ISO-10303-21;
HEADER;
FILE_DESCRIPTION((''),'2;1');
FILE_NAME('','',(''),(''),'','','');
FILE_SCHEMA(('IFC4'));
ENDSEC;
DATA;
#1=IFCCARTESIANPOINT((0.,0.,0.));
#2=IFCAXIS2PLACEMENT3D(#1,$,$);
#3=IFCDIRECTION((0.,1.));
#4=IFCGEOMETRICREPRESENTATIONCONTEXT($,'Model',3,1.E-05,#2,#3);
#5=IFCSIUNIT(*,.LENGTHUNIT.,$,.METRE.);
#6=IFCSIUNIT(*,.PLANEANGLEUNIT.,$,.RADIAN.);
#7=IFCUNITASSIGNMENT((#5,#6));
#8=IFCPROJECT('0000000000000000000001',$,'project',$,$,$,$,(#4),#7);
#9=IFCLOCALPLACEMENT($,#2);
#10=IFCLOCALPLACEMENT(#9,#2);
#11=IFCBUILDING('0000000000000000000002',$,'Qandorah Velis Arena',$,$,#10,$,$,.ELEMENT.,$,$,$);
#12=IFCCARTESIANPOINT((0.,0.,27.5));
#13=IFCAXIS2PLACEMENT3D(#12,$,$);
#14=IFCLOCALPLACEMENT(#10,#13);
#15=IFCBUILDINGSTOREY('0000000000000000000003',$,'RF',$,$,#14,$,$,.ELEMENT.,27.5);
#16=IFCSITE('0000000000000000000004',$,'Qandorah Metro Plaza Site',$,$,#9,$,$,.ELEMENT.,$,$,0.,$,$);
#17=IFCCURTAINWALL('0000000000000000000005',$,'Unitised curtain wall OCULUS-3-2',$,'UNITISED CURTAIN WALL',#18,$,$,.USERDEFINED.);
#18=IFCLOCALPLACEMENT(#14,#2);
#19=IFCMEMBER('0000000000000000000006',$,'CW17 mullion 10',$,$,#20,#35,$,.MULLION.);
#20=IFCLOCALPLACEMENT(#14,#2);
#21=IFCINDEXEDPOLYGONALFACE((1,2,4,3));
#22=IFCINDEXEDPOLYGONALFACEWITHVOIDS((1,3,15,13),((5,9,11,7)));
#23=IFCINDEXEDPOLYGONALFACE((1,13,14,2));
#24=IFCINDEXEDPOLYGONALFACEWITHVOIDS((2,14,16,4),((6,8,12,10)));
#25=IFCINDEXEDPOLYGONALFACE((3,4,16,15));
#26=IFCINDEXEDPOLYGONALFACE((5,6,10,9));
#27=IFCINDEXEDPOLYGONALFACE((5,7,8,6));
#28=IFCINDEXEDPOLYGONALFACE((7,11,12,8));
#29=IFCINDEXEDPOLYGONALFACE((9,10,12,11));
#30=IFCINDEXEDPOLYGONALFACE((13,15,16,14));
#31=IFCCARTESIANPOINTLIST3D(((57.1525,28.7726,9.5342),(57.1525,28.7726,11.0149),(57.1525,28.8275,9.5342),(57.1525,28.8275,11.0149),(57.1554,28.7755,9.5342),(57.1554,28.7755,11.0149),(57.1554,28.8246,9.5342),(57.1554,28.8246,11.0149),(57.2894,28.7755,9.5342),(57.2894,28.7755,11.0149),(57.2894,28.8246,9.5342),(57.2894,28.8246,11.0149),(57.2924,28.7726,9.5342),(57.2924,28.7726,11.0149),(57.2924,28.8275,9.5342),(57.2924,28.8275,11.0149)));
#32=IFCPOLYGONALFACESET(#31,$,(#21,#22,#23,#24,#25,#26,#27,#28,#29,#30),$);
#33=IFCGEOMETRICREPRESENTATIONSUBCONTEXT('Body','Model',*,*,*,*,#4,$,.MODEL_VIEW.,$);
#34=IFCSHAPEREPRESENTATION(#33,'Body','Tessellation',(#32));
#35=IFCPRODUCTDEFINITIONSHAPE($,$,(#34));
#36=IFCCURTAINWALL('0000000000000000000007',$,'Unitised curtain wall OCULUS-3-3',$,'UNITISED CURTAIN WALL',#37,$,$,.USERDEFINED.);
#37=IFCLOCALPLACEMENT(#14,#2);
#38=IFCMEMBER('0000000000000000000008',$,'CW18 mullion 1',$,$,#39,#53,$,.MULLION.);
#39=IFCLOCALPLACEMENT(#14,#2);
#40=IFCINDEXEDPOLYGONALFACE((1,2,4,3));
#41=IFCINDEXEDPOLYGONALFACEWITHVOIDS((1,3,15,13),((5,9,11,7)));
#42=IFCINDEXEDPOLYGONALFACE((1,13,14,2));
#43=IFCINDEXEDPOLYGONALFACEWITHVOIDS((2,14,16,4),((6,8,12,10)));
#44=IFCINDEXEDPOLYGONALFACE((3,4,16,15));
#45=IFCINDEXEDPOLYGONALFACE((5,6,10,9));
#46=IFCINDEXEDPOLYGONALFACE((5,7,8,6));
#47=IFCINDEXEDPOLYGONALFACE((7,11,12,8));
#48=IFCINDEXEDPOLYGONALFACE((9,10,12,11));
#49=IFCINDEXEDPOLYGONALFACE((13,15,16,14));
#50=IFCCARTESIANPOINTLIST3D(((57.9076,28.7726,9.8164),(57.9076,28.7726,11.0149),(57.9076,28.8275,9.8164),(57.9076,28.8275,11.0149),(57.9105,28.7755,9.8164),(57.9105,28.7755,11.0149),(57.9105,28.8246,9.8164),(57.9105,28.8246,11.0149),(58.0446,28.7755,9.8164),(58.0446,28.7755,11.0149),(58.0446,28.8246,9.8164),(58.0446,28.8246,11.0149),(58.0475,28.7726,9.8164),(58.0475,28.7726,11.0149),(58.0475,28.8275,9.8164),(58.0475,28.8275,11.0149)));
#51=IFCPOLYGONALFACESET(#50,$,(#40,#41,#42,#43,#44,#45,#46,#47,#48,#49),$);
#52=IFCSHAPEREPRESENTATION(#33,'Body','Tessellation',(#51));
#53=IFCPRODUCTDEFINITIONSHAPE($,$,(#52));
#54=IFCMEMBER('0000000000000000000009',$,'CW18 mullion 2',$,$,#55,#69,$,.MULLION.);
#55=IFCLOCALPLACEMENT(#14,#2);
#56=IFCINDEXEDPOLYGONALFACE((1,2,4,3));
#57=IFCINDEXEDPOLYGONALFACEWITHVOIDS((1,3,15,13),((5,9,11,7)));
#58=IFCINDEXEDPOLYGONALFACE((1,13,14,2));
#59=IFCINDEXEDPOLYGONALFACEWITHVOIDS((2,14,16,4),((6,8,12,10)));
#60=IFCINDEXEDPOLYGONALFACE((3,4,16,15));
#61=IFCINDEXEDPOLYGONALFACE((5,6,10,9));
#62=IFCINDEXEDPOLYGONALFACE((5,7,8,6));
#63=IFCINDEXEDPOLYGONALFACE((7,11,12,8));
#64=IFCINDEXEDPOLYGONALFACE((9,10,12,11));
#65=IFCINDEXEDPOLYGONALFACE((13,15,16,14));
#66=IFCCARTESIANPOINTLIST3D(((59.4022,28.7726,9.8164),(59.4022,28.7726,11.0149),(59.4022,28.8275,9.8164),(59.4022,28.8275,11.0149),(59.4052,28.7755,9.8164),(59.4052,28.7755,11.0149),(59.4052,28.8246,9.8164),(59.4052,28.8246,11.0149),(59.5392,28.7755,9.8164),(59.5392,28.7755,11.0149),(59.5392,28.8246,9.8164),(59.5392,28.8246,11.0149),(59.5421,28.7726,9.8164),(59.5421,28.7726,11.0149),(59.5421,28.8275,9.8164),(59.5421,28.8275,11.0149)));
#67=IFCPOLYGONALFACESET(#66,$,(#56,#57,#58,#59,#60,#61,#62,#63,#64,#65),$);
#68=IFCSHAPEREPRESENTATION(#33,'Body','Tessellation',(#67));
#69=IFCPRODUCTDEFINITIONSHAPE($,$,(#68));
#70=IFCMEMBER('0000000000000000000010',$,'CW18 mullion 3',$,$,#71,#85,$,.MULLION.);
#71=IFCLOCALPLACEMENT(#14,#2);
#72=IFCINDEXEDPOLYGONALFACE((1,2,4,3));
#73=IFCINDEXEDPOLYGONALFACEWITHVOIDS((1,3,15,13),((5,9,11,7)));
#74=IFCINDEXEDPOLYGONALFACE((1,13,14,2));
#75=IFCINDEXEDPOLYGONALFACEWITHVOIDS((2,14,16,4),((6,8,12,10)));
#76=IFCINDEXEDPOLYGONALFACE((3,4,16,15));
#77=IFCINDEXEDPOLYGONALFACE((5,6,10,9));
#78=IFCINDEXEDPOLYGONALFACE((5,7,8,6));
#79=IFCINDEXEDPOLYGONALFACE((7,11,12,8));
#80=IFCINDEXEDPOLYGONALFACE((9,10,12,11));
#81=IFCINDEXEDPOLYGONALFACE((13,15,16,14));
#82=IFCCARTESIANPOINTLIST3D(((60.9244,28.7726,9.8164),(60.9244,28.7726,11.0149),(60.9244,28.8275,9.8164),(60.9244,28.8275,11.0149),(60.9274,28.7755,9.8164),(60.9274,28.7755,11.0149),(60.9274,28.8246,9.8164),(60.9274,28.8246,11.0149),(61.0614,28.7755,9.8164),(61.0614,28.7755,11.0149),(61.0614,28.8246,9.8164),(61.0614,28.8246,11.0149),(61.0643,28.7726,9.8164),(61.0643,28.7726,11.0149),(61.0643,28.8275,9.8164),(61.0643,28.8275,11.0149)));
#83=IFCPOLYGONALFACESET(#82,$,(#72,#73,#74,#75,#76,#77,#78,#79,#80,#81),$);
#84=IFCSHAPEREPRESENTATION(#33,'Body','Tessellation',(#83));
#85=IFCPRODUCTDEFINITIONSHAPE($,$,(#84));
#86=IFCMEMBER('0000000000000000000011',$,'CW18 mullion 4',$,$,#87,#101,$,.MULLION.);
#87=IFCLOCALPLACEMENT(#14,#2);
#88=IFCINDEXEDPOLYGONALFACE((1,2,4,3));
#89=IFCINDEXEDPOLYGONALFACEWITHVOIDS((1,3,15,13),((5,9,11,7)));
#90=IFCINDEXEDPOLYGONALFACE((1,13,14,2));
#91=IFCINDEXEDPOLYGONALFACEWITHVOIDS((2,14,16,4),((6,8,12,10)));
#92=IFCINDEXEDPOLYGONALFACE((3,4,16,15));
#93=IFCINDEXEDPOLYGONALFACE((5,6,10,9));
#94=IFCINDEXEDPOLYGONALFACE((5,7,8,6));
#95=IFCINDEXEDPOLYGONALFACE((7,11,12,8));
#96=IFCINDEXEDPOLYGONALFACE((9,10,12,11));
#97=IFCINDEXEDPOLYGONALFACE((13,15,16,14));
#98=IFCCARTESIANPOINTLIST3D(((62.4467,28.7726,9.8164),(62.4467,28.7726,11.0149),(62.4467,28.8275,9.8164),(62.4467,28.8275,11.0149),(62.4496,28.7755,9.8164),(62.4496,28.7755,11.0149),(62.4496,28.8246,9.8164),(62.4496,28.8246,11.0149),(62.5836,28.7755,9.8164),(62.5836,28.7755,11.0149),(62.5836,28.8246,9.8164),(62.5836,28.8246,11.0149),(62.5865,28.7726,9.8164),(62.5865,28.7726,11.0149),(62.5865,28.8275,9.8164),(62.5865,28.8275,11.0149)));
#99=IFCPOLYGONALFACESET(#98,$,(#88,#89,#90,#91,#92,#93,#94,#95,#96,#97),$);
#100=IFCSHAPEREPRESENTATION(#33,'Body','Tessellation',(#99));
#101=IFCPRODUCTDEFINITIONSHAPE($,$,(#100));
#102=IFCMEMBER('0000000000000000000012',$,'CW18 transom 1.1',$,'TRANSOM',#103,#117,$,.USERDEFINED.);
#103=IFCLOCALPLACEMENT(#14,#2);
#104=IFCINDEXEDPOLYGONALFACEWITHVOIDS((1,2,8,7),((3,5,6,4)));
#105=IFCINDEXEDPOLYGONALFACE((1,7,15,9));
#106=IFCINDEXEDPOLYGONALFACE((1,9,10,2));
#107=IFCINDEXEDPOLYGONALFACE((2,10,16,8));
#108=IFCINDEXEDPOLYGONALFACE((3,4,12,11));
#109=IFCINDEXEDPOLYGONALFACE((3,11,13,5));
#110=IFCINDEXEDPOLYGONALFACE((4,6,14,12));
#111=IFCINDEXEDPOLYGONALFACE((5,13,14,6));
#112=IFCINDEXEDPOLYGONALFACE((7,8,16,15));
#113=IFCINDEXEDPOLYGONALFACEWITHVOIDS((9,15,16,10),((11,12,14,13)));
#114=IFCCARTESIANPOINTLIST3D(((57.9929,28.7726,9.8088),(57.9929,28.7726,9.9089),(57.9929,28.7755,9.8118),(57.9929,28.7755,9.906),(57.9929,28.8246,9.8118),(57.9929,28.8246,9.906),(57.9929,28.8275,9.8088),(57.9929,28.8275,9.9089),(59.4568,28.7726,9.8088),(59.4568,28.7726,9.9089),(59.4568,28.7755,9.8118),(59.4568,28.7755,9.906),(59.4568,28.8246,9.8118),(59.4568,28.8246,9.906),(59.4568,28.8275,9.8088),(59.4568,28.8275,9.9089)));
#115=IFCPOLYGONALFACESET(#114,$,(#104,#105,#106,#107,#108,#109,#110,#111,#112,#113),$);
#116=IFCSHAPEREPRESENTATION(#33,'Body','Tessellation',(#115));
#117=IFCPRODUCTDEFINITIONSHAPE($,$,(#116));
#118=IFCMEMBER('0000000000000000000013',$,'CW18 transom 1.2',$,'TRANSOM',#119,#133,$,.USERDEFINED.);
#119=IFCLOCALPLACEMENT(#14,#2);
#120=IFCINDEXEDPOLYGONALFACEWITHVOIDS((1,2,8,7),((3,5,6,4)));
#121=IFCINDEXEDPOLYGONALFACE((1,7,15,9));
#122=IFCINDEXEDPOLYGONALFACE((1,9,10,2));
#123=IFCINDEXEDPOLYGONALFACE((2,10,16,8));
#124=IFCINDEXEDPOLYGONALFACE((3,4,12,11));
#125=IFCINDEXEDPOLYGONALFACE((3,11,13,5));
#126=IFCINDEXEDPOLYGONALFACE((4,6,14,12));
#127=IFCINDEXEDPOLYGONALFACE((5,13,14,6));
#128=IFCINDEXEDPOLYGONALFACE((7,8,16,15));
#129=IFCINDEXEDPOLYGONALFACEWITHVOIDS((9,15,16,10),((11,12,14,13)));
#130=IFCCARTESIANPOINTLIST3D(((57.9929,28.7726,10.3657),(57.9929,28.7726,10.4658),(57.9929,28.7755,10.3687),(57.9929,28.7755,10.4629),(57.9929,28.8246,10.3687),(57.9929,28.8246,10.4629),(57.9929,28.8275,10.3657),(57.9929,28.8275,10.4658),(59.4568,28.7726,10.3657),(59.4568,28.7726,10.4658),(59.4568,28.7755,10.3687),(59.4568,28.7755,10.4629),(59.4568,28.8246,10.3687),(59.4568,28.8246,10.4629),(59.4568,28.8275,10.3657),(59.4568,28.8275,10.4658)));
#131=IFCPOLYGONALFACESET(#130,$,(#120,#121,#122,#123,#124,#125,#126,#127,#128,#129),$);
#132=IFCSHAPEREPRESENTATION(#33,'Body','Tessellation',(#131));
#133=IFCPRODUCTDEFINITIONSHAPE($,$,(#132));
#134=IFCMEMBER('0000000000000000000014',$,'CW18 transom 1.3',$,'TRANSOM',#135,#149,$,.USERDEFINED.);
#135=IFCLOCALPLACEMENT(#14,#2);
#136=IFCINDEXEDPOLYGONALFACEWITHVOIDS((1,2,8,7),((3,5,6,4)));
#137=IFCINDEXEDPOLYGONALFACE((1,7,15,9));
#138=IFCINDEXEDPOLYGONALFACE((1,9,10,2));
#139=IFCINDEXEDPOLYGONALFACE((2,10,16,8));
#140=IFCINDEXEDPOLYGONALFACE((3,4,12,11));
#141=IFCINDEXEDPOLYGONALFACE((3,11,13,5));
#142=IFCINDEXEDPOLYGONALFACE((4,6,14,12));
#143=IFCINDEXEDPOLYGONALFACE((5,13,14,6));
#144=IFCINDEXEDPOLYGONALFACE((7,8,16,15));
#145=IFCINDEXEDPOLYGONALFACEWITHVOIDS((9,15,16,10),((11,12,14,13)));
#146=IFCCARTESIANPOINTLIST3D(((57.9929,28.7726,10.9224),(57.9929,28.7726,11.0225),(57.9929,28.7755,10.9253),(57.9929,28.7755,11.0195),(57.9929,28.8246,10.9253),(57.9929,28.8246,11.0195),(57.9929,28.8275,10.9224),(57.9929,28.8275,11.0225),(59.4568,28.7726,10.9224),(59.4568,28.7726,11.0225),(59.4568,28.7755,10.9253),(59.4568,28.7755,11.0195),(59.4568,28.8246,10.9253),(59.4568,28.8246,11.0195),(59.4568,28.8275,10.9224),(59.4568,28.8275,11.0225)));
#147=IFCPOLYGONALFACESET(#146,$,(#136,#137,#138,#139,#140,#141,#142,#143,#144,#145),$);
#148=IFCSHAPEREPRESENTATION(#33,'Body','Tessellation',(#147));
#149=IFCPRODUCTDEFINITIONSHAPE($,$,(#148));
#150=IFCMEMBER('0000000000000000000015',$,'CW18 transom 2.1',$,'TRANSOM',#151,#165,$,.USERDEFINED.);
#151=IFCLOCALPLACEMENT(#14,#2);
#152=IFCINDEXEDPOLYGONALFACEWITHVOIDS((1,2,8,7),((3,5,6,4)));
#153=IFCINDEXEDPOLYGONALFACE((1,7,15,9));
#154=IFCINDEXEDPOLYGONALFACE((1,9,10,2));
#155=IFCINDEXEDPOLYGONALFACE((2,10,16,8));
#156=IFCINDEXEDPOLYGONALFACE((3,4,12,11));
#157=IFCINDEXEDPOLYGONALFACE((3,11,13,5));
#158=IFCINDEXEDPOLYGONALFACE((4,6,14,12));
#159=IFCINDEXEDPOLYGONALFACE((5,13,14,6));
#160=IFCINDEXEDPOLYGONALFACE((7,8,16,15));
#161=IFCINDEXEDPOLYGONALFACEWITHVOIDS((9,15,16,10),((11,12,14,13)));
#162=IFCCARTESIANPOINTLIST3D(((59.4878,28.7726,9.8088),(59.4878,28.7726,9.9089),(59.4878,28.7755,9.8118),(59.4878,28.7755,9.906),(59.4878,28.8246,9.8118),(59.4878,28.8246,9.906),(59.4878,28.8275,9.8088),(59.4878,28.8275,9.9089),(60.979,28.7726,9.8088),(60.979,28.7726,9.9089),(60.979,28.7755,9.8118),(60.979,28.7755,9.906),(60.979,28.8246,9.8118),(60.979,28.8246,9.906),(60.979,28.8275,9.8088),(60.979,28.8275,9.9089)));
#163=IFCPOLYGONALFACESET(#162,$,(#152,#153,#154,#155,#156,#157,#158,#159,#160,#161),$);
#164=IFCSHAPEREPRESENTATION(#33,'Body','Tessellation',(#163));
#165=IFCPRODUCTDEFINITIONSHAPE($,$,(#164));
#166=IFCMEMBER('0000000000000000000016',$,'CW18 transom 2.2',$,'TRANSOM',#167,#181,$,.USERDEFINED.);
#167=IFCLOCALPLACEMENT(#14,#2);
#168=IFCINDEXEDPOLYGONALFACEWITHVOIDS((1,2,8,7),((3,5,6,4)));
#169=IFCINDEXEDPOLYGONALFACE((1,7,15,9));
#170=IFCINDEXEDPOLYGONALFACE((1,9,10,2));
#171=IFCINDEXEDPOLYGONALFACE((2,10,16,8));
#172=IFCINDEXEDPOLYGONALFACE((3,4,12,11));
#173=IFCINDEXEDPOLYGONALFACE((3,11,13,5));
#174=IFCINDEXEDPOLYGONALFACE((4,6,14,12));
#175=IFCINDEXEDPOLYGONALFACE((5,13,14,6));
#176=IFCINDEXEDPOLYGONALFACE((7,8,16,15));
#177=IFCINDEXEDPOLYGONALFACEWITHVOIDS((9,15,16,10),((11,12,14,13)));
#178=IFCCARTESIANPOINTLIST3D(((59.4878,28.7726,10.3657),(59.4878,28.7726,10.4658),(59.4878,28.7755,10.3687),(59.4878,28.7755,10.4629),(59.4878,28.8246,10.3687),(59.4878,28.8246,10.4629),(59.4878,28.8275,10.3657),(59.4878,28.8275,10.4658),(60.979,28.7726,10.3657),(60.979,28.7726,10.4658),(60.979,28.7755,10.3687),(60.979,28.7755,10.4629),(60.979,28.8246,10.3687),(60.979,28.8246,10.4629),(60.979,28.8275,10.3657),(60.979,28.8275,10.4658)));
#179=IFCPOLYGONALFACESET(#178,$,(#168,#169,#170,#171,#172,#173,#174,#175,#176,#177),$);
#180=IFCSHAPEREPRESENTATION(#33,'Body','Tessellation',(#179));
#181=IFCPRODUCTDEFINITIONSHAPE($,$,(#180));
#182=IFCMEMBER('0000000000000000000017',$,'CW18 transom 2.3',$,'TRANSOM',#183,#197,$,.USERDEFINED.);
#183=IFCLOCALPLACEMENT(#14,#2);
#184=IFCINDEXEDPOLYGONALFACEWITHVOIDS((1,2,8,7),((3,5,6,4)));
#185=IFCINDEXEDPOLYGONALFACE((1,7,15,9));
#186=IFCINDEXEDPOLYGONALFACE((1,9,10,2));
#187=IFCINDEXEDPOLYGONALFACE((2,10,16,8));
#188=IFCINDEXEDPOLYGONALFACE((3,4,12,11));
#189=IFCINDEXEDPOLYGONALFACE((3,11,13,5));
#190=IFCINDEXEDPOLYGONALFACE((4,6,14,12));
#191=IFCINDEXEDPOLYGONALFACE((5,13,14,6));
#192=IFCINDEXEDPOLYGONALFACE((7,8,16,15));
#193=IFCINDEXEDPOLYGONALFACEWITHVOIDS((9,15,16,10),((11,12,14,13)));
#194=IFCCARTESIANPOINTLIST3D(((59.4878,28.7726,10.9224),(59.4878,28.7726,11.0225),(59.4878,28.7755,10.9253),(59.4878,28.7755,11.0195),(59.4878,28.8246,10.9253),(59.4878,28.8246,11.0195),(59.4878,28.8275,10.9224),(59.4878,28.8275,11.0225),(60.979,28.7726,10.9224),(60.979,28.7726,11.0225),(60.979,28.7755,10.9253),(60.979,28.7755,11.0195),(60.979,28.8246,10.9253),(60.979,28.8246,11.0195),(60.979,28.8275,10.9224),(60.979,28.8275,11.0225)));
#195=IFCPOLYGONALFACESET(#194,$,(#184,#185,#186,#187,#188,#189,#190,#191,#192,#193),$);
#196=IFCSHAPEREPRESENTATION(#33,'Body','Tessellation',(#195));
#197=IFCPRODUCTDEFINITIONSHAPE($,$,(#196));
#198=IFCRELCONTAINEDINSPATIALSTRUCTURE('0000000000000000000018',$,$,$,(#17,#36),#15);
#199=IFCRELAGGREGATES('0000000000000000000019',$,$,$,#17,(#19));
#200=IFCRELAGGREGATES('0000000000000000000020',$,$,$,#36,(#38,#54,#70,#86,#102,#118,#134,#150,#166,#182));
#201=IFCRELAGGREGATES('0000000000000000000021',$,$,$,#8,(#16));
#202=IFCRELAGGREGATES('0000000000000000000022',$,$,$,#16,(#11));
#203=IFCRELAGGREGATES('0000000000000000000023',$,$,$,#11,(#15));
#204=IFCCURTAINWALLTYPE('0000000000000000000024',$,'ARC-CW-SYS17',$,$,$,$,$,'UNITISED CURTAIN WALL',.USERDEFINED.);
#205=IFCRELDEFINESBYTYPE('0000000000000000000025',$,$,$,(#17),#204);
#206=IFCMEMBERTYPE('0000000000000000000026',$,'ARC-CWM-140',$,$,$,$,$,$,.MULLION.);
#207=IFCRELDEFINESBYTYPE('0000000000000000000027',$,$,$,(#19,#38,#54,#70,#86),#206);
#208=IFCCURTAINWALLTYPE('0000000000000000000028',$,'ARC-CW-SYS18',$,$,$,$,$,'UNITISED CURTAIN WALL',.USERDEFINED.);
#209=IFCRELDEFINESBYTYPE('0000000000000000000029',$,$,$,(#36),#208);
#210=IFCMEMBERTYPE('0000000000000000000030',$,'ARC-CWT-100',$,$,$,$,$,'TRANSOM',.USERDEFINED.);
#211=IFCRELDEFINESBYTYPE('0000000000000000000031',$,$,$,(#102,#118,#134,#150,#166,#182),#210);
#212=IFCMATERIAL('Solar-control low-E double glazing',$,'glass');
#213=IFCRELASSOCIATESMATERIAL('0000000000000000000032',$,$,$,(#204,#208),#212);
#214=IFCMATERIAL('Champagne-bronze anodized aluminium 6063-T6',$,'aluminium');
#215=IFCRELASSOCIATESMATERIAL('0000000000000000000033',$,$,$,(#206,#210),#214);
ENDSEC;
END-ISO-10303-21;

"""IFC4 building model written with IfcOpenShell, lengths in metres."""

from ifc_helpers import new_model, si_unit, direction, frame, origin, origin_2d, place, context, subcontext, project, spatial, hollow_rectangle, extrude, material, material_profile, profile_set, type_object, element, aggregate, save


model = new_model("IFC4")

# Units and contexts
model_context = context("Model", 3, precision=1e-05, world=origin(), true_north=direction((0.0, 1.0)))
body_context = subcontext(model_context, "Body", "Model", "MODEL_VIEW")
ifc_project = project(units=[si_unit("LENGTHUNIT", "METRE"), si_unit("PLANEANGLEUNIT", "RADIAN")], contexts=[model_context])

# Site, building, storey
site_placement = place(None, origin())
site = spatial("IfcSite", under=ifc_project, at=site_placement, Name="Qandorah Metro Plaza Site", CompositionType="ELEMENT", RefElevation=0.0)
building_placement = place(site_placement, origin())
building = spatial("IfcBuilding", under=site, at=building_placement, Name="Qandorah Velis Arena", CompositionType="ELEMENT")
storey_placement = place(building_placement, frame((0.0, 0.0, 27.5)))
storey = spatial("IfcBuildingStorey", under=building, at=storey_placement, Name="RF", CompositionType="ELEMENT", Elevation=27.5)

# Curtain wall, member
ifc_material_1 = material(Name="Solar-control low-E double glazing", Category="glass")
curtain_wall_type_1 = type_object("IfcCurtainWallType", Name="ARC-CW-SYS17", ElementType="UNITISED CURTAIN WALL", PredefinedType="USERDEFINED", material=ifc_material_1)
curtain_wall_1_placement = place(storey_placement, origin())
curtain_wall_1 = element("IfcCurtainWall", 1, at=curtain_wall_1_placement, inside=storey, type_object=curtain_wall_type_1, Name="Unitised curtain wall OCULUS-3-2", ObjectType="UNITISED CURTAIN WALL", PredefinedType="USERDEFINED")
ifc_material_2 = material(Name="Champagne-bronze anodized aluminium 6063-T6", Category="aluminium")
ifc_material_profile_1 = material_profile(ifc_material_2, hollow_rectangle(XDim=0.0549, YDim=0.1399, WallThickness=0.0029, at=origin_2d()), Name="ALU MULLION 55x140")
ifc_profile_set_1 = profile_set([ifc_material_profile_1], Name="Champagne-bronze anodized aluminium 6063-T6")
member_type_1 = type_object("IfcMemberType", Name="ARC-CWM-140", PredefinedType="MULLION", material=ifc_profile_set_1)
member_1_placement = place(storey_placement, frame((57.2224, 28.8, 9.5342), z_axis=(0.0, 0.0, 1.0), x_axis=(0.0, 1.0, 0.0)))
member_1 = element("IfcMember", 2, at=member_1_placement, type_object=member_type_1, Name="CW17 mullion 10", PredefinedType="MULLION", context=body_context, shape_type="SweptSolid", body=[
    extrude(hollow_rectangle(XDim=0.0549, YDim=0.1399, WallThickness=0.0029, at=origin_2d()), origin(), (0.0, 0.0, 1.0), 1.4807),
])
aggregate(curtain_wall_1, [member_1])

# Curtain wall, members
curtain_wall_type_2 = type_object("IfcCurtainWallType", Name="ARC-CW-SYS18", ElementType="UNITISED CURTAIN WALL", PredefinedType="USERDEFINED", material=ifc_material_1)
curtain_wall_2_placement = place(storey_placement, origin())
curtain_wall_2 = element("IfcCurtainWall", 3, at=curtain_wall_2_placement, inside=storey, type_object=curtain_wall_type_2, Name="Unitised curtain wall OCULUS-3-3", ObjectType="UNITISED CURTAIN WALL", PredefinedType="USERDEFINED")
member_2_placement = place(storey_placement, frame((57.9775, 28.8, 9.8164), z_axis=(0.0, 0.0, 1.0), x_axis=(0.0, 1.0, 0.0)))
member_2 = element("IfcMember", 4, at=member_2_placement, type_object=member_type_1, Name="CW18 mullion 1", PredefinedType="MULLION", context=body_context, shape_type="SweptSolid", body=[
    extrude(hollow_rectangle(XDim=0.0549, YDim=0.1399, WallThickness=0.0029, at=origin_2d()), origin(), (0.0, 0.0, 1.0), 1.1985),
])
member_3_placement = place(storey_placement, frame((59.4722, 28.8, 9.8164), z_axis=(0.0, 0.0, 1.0), x_axis=(0.0, 1.0, 0.0)))
member_3 = element("IfcMember", 5, at=member_3_placement, type_object=member_type_1, Name="CW18 mullion 2", PredefinedType="MULLION", context=body_context, shape_type="SweptSolid", body=[
    extrude(hollow_rectangle(XDim=0.0549, YDim=0.1399, WallThickness=0.0029, at=origin_2d()), origin(), (0.0, 0.0, 1.0), 1.1985),
])
member_4_placement = place(storey_placement, frame((60.9944, 28.8, 9.8164), z_axis=(0.0, 0.0, 1.0), x_axis=(0.0, 1.0, 0.0)))
member_4 = element("IfcMember", 6, at=member_4_placement, type_object=member_type_1, Name="CW18 mullion 3", PredefinedType="MULLION", context=body_context, shape_type="SweptSolid", body=[
    extrude(hollow_rectangle(XDim=0.0549, YDim=0.1399, WallThickness=0.0029, at=origin_2d()), origin(), (0.0, 0.0, 1.0), 1.1985),
])
member_5_placement = place(storey_placement, frame((62.5166, 28.8, 9.8164), z_axis=(0.0, 0.0, 1.0), x_axis=(0.0, 1.0, 0.0)))
member_5 = element("IfcMember", 7, at=member_5_placement, type_object=member_type_1, Name="CW18 mullion 4", PredefinedType="MULLION", context=body_context, shape_type="SweptSolid", body=[
    extrude(hollow_rectangle(XDim=0.0549, YDim=0.1399, WallThickness=0.0029, at=origin_2d()), origin(), (0.0, 0.0, 1.0), 1.1985),
])
ifc_material_profile_2 = material_profile(ifc_material_2, hollow_rectangle(XDim=0.0549, YDim=0.1001, WallThickness=0.0029, at=origin_2d()), Name="ALU TRANSOM 55x100")
ifc_profile_set_2 = profile_set([ifc_material_profile_2], Name="Champagne-bronze anodized aluminium 6063-T6")
member_type_2 = type_object("IfcMemberType", Name="ARC-CWT-100", ElementType="TRANSOM", PredefinedType="USERDEFINED", material=ifc_profile_set_2)
member_6_placement = place(storey_placement, frame((57.9929, 28.8, 9.8589), z_axis=(1.0, 0.0, 0.0), x_axis=(0.0, 1.0, 0.0)))
member_6 = element("IfcMember", 8, at=member_6_placement, type_object=member_type_2, Name="CW18 transom 1.1", ObjectType="TRANSOM", PredefinedType="USERDEFINED", context=body_context, shape_type="SweptSolid", body=[
    extrude(hollow_rectangle(XDim=0.0549, YDim=0.1001, WallThickness=0.0029, at=origin_2d()), origin(), (0.0, 0.0, 1.0), 1.4639),
])
member_7_placement = place(storey_placement, frame((57.9929, 28.8, 10.4158), z_axis=(1.0, 0.0, 0.0), x_axis=(0.0, 1.0, 0.0)))
member_7 = element("IfcMember", 9, at=member_7_placement, type_object=member_type_2, Name="CW18 transom 1.2", ObjectType="TRANSOM", PredefinedType="USERDEFINED", context=body_context, shape_type="SweptSolid", body=[
    extrude(hollow_rectangle(XDim=0.0549, YDim=0.1001, WallThickness=0.0029, at=origin_2d()), origin(), (0.0, 0.0, 1.0), 1.4639),
])
member_8_placement = place(storey_placement, frame((57.9929, 28.8, 10.9724), z_axis=(1.0, 0.0, 0.0), x_axis=(0.0, 1.0, 0.0)))
member_8 = element("IfcMember", 10, at=member_8_placement, type_object=member_type_2, Name="CW18 transom 1.3", ObjectType="TRANSOM", PredefinedType="USERDEFINED", context=body_context, shape_type="SweptSolid", body=[
    extrude(hollow_rectangle(XDim=0.0549, YDim=0.1001, WallThickness=0.0029, at=origin_2d()), origin(), (0.0, 0.0, 1.0), 1.4639),
])
member_9_placement = place(storey_placement, frame((59.4878, 28.8, 9.8589), z_axis=(1.0, 0.0, 0.0), x_axis=(0.0, 1.0, 0.0)))
member_9 = element("IfcMember", 11, at=member_9_placement, type_object=member_type_2, Name="CW18 transom 2.1", ObjectType="TRANSOM", PredefinedType="USERDEFINED", context=body_context, shape_type="SweptSolid", body=[
    extrude(hollow_rectangle(XDim=0.0549, YDim=0.1001, WallThickness=0.0029, at=origin_2d()), origin(), (0.0, 0.0, 1.0), 1.4912),
])
member_10_placement = place(storey_placement, frame((59.4878, 28.8, 10.4158), z_axis=(1.0, 0.0, 0.0), x_axis=(0.0, 1.0, 0.0)))
member_10 = element("IfcMember", 12, at=member_10_placement, type_object=member_type_2, Name="CW18 transom 2.2", ObjectType="TRANSOM", PredefinedType="USERDEFINED", context=body_context, shape_type="SweptSolid", body=[
    extrude(hollow_rectangle(XDim=0.0549, YDim=0.1001, WallThickness=0.0029, at=origin_2d()), origin(), (0.0, 0.0, 1.0), 1.4912),
])
member_11_placement = place(storey_placement, frame((59.4878, 28.8, 10.9724), z_axis=(1.0, 0.0, 0.0), x_axis=(0.0, 1.0, 0.0)))
member_11 = element("IfcMember", 13, at=member_11_placement, type_object=member_type_2, Name="CW18 transom 2.3", ObjectType="TRANSOM", PredefinedType="USERDEFINED", context=body_context, shape_type="SweptSolid", body=[
    extrude(hollow_rectangle(XDim=0.0549, YDim=0.1001, WallThickness=0.0029, at=origin_2d()), origin(), (0.0, 0.0, 1.0), 1.4912),
])

aggregate(curtain_wall_2, [member_2, member_3, member_4, member_5, member_6, member_7, member_8, member_9, member_10, member_11])

save(model, "model.ifc")
